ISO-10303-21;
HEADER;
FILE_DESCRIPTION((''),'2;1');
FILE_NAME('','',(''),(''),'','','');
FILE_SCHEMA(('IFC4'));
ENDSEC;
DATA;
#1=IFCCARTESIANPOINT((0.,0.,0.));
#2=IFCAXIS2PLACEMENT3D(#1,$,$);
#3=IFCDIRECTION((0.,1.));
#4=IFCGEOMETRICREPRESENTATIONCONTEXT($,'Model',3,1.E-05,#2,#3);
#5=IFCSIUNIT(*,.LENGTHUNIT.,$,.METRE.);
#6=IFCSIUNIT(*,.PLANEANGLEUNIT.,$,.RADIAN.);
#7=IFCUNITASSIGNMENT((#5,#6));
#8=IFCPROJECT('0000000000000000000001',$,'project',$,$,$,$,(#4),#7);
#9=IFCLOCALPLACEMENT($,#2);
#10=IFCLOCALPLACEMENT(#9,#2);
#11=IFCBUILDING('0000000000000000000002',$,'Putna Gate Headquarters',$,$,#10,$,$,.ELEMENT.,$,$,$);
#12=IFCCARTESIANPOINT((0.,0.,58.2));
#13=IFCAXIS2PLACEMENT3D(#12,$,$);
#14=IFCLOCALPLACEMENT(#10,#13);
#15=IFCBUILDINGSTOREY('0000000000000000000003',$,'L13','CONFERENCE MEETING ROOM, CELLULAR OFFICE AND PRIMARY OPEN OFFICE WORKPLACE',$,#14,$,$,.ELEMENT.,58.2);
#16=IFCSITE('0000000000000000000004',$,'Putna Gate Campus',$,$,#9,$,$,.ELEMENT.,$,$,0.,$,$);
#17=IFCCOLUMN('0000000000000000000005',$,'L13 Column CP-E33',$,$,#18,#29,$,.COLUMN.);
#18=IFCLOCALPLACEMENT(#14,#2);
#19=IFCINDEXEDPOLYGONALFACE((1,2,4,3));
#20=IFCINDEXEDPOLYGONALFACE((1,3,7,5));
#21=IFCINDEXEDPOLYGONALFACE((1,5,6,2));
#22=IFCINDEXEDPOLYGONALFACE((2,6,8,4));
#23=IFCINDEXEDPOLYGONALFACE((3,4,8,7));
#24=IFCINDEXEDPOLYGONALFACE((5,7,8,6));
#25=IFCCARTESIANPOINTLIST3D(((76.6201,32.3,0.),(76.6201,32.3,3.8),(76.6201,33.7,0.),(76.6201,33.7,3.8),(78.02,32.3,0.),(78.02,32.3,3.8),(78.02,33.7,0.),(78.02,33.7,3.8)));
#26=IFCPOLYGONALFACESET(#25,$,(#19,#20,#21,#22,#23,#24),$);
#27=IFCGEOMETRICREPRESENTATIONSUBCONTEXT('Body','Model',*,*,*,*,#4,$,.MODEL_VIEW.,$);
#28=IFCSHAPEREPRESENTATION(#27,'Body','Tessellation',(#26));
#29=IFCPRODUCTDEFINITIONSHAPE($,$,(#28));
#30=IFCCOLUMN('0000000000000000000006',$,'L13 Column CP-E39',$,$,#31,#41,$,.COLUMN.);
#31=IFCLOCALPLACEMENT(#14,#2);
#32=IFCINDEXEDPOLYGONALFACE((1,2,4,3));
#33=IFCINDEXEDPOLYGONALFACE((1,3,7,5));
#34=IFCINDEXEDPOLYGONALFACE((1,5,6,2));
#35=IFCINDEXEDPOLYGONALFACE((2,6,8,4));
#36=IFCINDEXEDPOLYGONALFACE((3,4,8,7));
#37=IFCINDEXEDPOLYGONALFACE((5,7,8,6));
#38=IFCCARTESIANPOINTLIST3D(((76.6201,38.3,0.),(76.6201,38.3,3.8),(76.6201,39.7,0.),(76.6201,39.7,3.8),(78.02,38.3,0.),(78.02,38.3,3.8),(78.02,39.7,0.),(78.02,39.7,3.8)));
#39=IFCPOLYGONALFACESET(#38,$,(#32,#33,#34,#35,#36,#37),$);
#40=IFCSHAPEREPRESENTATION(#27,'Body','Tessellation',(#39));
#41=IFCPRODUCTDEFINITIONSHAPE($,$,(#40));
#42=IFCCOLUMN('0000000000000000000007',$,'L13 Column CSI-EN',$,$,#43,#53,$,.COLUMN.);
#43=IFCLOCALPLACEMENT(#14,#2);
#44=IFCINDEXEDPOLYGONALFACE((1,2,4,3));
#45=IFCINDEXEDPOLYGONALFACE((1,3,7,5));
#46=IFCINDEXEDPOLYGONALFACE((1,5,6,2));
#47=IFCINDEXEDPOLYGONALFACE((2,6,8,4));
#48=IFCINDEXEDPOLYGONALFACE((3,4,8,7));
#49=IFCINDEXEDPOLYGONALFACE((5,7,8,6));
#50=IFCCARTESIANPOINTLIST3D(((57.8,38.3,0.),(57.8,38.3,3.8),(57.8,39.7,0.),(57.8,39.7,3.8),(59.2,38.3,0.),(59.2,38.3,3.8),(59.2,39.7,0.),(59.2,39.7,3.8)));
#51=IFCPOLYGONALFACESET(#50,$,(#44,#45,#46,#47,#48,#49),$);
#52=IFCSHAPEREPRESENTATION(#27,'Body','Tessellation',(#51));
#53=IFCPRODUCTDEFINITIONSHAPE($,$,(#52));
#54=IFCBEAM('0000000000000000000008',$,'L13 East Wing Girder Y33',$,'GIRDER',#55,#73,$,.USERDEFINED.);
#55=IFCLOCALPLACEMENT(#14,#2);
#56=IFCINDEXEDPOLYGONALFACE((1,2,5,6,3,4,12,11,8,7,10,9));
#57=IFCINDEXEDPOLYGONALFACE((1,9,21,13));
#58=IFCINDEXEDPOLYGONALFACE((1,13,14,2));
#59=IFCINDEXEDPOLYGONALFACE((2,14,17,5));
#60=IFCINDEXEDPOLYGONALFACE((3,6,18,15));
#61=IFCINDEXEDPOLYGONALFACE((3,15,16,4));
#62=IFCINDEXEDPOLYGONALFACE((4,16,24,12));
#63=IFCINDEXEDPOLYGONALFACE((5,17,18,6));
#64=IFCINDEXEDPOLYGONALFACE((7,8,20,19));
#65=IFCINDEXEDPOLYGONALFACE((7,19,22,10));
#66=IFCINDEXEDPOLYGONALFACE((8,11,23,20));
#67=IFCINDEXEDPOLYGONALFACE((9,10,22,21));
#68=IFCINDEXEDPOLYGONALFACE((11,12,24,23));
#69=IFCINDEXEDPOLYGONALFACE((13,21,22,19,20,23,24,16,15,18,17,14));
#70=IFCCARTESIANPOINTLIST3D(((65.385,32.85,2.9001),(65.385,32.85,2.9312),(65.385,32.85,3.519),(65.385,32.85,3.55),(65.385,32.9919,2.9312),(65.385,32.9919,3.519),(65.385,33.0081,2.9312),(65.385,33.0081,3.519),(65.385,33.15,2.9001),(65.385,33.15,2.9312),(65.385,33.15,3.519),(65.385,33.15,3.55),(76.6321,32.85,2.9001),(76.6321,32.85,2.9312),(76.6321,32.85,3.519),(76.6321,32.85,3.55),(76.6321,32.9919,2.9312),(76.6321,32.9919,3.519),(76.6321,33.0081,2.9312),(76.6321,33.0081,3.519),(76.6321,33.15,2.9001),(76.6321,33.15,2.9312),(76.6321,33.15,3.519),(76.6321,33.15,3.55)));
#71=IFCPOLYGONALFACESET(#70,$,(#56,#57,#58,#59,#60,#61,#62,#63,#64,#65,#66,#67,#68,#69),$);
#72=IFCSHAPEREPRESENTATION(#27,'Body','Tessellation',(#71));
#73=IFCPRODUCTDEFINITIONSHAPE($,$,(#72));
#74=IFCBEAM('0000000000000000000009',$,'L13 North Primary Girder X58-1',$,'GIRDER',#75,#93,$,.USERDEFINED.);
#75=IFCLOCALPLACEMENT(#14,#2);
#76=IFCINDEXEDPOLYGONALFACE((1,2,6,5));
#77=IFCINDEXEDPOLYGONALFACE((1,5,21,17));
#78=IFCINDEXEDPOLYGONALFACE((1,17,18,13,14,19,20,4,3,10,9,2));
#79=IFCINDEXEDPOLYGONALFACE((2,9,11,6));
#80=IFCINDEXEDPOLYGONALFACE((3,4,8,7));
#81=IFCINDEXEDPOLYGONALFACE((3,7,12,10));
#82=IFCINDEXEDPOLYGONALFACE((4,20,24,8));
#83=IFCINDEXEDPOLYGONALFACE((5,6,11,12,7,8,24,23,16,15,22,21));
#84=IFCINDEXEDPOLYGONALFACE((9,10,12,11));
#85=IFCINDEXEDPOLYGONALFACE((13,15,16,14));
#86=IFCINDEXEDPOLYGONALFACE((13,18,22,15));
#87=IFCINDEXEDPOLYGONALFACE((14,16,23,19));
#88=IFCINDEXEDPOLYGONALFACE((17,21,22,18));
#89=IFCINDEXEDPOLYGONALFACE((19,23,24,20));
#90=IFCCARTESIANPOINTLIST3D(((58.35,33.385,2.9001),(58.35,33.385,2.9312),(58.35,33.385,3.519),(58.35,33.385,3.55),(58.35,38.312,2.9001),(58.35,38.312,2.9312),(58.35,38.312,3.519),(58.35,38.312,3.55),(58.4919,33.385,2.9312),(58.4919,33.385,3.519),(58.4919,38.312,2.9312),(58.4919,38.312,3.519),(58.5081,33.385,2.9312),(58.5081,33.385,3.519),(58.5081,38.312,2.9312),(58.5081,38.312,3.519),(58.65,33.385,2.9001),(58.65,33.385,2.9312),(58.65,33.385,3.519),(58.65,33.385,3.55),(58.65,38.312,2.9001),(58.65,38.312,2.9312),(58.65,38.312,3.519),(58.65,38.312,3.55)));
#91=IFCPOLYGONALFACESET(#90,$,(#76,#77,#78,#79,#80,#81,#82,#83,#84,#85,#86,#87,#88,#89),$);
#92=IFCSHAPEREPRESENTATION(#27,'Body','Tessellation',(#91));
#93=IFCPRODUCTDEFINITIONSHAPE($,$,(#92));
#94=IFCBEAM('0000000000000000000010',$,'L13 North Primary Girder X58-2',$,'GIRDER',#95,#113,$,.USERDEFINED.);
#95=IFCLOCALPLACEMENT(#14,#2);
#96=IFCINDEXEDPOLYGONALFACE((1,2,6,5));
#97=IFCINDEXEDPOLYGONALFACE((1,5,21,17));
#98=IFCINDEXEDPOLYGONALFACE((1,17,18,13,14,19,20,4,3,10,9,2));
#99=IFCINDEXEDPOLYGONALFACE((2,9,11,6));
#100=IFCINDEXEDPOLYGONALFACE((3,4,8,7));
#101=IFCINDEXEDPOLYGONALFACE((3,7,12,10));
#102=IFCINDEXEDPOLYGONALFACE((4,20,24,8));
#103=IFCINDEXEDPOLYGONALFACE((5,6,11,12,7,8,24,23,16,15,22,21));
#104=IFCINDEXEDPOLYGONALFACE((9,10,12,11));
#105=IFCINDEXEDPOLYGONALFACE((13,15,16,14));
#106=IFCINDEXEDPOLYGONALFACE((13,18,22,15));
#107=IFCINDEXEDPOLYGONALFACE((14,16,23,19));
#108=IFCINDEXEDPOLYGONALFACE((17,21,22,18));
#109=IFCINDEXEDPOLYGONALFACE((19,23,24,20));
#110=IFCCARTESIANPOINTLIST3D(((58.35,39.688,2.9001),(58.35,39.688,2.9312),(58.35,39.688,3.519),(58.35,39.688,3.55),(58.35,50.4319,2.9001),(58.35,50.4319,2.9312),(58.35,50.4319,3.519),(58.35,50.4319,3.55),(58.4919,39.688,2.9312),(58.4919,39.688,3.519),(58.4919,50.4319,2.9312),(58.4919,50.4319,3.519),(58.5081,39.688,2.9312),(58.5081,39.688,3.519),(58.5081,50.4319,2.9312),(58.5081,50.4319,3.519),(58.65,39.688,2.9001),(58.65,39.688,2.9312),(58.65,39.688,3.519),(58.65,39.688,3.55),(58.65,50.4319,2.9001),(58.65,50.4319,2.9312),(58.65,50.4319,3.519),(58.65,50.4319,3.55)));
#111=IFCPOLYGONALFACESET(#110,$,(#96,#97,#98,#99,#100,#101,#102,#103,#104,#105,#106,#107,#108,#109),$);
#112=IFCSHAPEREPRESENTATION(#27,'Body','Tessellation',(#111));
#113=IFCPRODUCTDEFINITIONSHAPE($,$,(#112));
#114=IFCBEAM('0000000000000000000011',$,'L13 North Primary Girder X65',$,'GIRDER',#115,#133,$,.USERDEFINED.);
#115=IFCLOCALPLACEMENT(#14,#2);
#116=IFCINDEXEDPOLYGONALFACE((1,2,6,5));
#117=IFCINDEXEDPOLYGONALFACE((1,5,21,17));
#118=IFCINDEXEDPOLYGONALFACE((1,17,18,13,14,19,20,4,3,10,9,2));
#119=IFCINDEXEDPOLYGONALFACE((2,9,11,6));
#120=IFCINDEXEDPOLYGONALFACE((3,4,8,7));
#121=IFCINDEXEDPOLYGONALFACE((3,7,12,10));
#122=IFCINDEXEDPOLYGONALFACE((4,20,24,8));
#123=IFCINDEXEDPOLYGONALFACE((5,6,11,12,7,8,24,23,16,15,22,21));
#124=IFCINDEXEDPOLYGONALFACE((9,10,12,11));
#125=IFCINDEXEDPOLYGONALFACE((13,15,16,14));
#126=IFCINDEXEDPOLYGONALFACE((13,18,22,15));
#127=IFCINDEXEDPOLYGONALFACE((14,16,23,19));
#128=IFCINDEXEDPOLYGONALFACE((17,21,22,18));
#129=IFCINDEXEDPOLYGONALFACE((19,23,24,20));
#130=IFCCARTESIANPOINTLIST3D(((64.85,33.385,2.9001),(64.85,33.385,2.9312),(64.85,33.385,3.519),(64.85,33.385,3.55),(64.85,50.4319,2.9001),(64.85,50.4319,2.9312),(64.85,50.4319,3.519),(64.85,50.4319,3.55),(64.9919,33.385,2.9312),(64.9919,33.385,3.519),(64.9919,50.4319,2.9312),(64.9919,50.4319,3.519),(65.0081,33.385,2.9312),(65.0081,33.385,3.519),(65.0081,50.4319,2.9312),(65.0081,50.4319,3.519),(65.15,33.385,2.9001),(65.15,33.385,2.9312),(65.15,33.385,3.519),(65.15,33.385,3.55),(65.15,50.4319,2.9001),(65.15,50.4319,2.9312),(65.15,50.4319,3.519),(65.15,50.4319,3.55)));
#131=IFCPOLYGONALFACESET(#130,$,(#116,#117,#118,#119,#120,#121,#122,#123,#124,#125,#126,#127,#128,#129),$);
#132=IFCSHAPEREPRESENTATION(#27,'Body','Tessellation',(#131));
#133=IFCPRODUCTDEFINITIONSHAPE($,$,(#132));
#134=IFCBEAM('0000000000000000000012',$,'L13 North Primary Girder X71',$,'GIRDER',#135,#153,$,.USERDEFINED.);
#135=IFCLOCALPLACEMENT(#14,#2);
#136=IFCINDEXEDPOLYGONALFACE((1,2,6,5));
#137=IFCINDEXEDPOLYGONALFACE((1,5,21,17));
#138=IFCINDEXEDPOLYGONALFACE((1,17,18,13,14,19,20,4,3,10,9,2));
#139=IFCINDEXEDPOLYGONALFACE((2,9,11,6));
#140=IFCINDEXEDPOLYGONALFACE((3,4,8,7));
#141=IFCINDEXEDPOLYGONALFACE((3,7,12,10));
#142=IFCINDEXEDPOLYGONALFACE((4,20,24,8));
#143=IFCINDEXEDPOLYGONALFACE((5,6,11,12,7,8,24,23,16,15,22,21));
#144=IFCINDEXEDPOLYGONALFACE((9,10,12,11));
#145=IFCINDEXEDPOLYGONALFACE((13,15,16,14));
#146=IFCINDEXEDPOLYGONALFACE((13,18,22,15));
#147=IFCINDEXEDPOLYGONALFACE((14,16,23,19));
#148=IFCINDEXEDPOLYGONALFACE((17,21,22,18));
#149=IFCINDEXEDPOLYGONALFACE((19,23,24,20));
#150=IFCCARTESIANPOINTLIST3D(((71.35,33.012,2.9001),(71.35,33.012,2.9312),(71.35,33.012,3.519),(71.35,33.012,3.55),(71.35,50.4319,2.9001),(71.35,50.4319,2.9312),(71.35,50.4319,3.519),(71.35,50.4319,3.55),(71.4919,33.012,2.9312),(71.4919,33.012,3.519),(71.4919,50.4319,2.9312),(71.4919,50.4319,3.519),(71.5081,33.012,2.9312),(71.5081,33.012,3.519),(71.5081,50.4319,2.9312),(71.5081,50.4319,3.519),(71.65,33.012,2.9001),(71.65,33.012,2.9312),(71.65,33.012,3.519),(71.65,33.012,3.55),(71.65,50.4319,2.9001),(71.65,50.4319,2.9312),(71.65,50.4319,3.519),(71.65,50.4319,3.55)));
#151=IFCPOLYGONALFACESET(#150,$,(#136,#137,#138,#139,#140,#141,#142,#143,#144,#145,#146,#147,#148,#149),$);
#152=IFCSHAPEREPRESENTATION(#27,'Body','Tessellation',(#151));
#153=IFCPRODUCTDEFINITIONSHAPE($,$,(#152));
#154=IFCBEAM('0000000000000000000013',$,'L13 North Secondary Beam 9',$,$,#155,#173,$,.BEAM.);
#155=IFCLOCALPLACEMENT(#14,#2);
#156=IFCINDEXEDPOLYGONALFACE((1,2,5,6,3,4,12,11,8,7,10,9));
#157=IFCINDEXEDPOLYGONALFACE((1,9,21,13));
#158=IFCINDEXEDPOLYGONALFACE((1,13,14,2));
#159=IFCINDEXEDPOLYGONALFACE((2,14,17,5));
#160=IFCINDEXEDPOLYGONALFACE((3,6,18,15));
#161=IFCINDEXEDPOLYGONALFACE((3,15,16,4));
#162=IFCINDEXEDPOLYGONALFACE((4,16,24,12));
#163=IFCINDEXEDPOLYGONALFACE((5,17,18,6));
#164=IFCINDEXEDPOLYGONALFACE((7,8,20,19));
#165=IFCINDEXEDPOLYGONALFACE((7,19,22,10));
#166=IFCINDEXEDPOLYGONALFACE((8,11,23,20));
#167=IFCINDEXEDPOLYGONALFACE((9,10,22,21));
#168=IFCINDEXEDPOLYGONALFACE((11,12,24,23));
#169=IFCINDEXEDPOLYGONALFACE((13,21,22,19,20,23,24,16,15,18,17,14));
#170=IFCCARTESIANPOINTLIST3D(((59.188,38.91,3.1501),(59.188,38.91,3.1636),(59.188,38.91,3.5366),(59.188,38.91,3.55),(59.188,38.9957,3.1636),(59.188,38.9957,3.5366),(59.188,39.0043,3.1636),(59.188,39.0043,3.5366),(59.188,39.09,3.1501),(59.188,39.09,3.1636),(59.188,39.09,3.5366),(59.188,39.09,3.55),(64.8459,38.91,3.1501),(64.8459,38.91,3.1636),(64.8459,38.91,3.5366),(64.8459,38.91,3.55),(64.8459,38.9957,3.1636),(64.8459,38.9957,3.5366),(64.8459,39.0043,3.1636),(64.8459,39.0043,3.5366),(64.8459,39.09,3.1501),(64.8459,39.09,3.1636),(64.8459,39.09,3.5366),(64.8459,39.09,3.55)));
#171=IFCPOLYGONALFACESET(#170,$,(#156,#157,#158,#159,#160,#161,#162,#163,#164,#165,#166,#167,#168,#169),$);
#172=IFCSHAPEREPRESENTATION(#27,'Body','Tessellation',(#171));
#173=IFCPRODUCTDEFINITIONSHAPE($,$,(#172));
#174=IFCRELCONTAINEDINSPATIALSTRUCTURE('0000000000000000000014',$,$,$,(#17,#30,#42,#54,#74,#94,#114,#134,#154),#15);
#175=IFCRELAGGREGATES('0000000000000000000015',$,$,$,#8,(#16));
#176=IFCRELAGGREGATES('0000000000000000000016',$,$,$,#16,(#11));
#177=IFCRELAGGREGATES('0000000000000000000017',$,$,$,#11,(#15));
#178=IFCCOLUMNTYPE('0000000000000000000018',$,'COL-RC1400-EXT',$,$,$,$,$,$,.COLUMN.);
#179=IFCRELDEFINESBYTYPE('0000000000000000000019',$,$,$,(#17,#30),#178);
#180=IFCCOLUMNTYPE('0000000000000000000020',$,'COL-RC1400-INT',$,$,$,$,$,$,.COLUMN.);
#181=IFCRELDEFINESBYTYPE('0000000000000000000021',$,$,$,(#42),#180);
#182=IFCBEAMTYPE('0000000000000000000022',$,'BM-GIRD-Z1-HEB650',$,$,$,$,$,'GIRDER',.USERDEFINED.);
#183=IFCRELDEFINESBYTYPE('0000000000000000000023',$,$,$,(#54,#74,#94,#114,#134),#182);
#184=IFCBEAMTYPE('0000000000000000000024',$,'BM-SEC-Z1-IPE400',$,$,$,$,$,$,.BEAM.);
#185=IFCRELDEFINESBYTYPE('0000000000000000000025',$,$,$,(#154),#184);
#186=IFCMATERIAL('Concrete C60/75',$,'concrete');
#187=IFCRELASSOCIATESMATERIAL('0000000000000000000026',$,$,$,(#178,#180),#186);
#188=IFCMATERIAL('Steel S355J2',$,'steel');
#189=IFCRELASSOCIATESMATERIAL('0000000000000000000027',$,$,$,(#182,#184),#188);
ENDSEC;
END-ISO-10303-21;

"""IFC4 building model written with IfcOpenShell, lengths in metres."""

from ifc_helpers import new_model, si_unit, direction, frame, origin, origin_2d, place, context, subcontext, project, spatial, rectangle, i_section, extrude, material, material_profile, profile_set, type_object, element, save


model = new_model("IFC4")

# Units and contexts
model_context = context("Model", 3, precision=1e-05, world=origin(), true_north=direction((0.0, 1.0)))
body_context = subcontext(model_context, "Body", "Model", "MODEL_VIEW")
ifc_project = project(units=[si_unit("LENGTHUNIT", "METRE"), si_unit("PLANEANGLEUNIT", "RADIAN")], contexts=[model_context])

# Site, building, storey
site_placement = place(None, origin())
site = spatial("IfcSite", under=ifc_project, at=site_placement, Name="Putna Gate Campus", CompositionType="ELEMENT", RefElevation=0.0)
building_placement = place(site_placement, origin())
building = spatial("IfcBuilding", under=site, at=building_placement, Name="Putna Gate Headquarters", CompositionType="ELEMENT")
storey_placement = place(building_placement, frame((0.0, 0.0, 58.2)))
storey = spatial("IfcBuildingStorey", under=building, at=storey_placement, Name="L13", Description="CONFERENCE MEETING ROOM, CELLULAR OFFICE AND PRIMARY OPEN OFFICE WORKPLACE", CompositionType="ELEMENT", Elevation=58.2)

# Columns
ifc_material_1 = material(Name="Concrete C60/75", Category="concrete")
ifc_material_profile_1 = material_profile(ifc_material_1, rectangle(XDim=1.3999, YDim=1.3999, at=origin_2d()), Name="Concrete C60/75")
ifc_profile_set_1 = profile_set([ifc_material_profile_1], Name="Concrete C60/75")
column_type_1 = type_object("IfcColumnType", Name="COL-RC1400-EXT", PredefinedType="COLUMN", material=ifc_profile_set_1)
for number, where, z_axis, x_axis, name in (
    (1, (77.3201, 33.0, 0.0), (0.0, 0.0, 1.0), (1.0, 0.0, 0.0), "L13 Column CP-E33"),
    (2, (77.3201, 39.0, 0.0), (0.0, 0.0, 1.0), (1.0, 0.0, 0.0), "L13 Column CP-E39"),
):
    element("IfcColumn", number, at=place(storey_placement, frame(where, z_axis=z_axis, x_axis=x_axis)), inside=storey, type_object=column_type_1, Name=name, PredefinedType="COLUMN", context=body_context, shape_type="SweptSolid", body=[
        extrude(rectangle(XDim=1.3999, YDim=1.3999, at=origin_2d()), origin(), (0.0, 0.0, 1.0), 3.8),
    ])
ifc_material_profile_2 = material_profile(ifc_material_1, rectangle(XDim=1.3999, YDim=1.3999, at=origin_2d()), Name="Concrete C60/75")
ifc_profile_set_2 = profile_set([ifc_material_profile_2], Name="Concrete C60/75")
column_type_2 = type_object("IfcColumnType", Name="COL-RC1400-INT", PredefinedType="COLUMN", material=ifc_profile_set_2)
column_placement = place(storey_placement, frame((58.5, 39.0, 0.0), z_axis=(0.0, 0.0, 1.0), x_axis=(1.0, 0.0, 0.0)))
element("IfcColumn", 3, at=column_placement, inside=storey, type_object=column_type_2, Name="L13 Column CSI-EN", PredefinedType="COLUMN", context=body_context, shape_type="SweptSolid", body=[
    extrude(rectangle(XDim=1.3999, YDim=1.3999, at=origin_2d()), origin(), (0.0, 0.0, 1.0), 3.8),
])

# Beams
ifc_material_2 = material(Name="Steel S355J2", Category="steel")
ifc_material_profile_3 = material_profile(ifc_material_2, i_section(OverallWidth=0.3, OverallDepth=0.6499, WebThickness=0.0161, FlangeThickness=0.031, at=origin_2d()), Name="Steel S355J2")
ifc_profile_set_3 = profile_set([ifc_material_profile_3], Name="Steel S355J2")
beam_type_1 = type_object("IfcBeamType", Name="BM-GIRD-Z1-HEB650", ElementType="GIRDER", PredefinedType="USERDEFINED", material=ifc_profile_set_3)
beam_1_placement = place(storey_placement, frame((65.385, 33.0, 3.2251), z_axis=(1.0, 0.0, 0.0), x_axis=(0.0, 1.0, 0.0)))
element("IfcBeam", 4, at=beam_1_placement, inside=storey, type_object=beam_type_1, Name="L13 East Wing Girder Y33", ObjectType="GIRDER", PredefinedType="USERDEFINED", context=body_context, shape_type="SweptSolid", body=[
    extrude(i_section(OverallWidth=0.3, OverallDepth=0.6499, WebThickness=0.0161, FlangeThickness=0.031, at=origin_2d()), origin(), (0.0, 0.0, 1.0), 11.2471),
])
beam_2_placement = place(storey_placement, frame((58.5, 33.385, 3.2251), z_axis=(0.0, 1.0, 0.0), x_axis=(-1.0, 0.0, 0.0)))
element("IfcBeam", 5, at=beam_2_placement, inside=storey, type_object=beam_type_1, Name="L13 North Primary Girder X58-1", ObjectType="GIRDER", PredefinedType="USERDEFINED", context=body_context, shape_type="SweptSolid", body=[
    extrude(i_section(OverallWidth=0.3, OverallDepth=0.6499, WebThickness=0.0161, FlangeThickness=0.031, at=origin_2d()), origin(), (0.0, 0.0, 1.0), 4.927),
])
beam_3_placement = place(storey_placement, frame((58.5, 39.688, 3.2251), z_axis=(0.0, 1.0, 0.0), x_axis=(-1.0, 0.0, 0.0)))
element("IfcBeam", 6, at=beam_3_placement, inside=storey, type_object=beam_type_1, Name="L13 North Primary Girder X58-2", ObjectType="GIRDER", PredefinedType="USERDEFINED", context=body_context, shape_type="SweptSolid", body=[
    extrude(i_section(OverallWidth=0.3, OverallDepth=0.6499, WebThickness=0.0161, FlangeThickness=0.031, at=origin_2d()), origin(), (0.0, 0.0, 1.0), 10.7439),
])
beam_4_placement = place(storey_placement, frame((65.0, 33.385, 3.2251), z_axis=(0.0, 1.0, 0.0), x_axis=(-1.0, 0.0, 0.0)))
element("IfcBeam", 7, at=beam_4_placement, inside=storey, type_object=beam_type_1, Name="L13 North Primary Girder X65", ObjectType="GIRDER", PredefinedType="USERDEFINED", context=body_context, shape_type="SweptSolid", body=[
    extrude(i_section(OverallWidth=0.3, OverallDepth=0.6499, WebThickness=0.0161, FlangeThickness=0.031, at=origin_2d()), origin(), (0.0, 0.0, 1.0), 17.0469),
])
beam_5_placement = place(storey_placement, frame((71.5, 33.012, 3.2251), z_axis=(0.0, 1.0, 0.0), x_axis=(-1.0, 0.0, 0.0)))
element("IfcBeam", 8, at=beam_5_placement, inside=storey, type_object=beam_type_1, Name="L13 North Primary Girder X71", ObjectType="GIRDER", PredefinedType="USERDEFINED", context=body_context, shape_type="SweptSolid", body=[
    extrude(i_section(OverallWidth=0.3, OverallDepth=0.6499, WebThickness=0.0161, FlangeThickness=0.031, at=origin_2d()), origin(), (0.0, 0.0, 1.0), 17.4199),
])
ifc_material_profile_4 = material_profile(ifc_material_2, i_section(OverallWidth=0.1799, OverallDepth=0.3999, WebThickness=0.0085, FlangeThickness=0.0134, at=origin_2d()), Name="Steel S355J2")
ifc_profile_set_4 = profile_set([ifc_material_profile_4], Name="Steel S355J2")
beam_type_2 = type_object("IfcBeamType", Name="BM-SEC-Z1-IPE400", PredefinedType="BEAM", material=ifc_profile_set_4)
beam_6_placement = place(storey_placement, frame((59.188, 39.0, 3.3501), z_axis=(1.0, 0.0, 0.0), x_axis=(0.0, 1.0, 0.0)))
element("IfcBeam", 9, at=beam_6_placement, inside=storey, type_object=beam_type_2, Name="L13 North Secondary Beam 9", PredefinedType="BEAM", context=body_context, shape_type="SweptSolid", body=[
    extrude(i_section(OverallWidth=0.1799, OverallDepth=0.3999, WebThickness=0.0085, FlangeThickness=0.0134, at=origin_2d()), origin(), (0.0, 0.0, 1.0), 5.658),
])

save(model, "model.ifc")
